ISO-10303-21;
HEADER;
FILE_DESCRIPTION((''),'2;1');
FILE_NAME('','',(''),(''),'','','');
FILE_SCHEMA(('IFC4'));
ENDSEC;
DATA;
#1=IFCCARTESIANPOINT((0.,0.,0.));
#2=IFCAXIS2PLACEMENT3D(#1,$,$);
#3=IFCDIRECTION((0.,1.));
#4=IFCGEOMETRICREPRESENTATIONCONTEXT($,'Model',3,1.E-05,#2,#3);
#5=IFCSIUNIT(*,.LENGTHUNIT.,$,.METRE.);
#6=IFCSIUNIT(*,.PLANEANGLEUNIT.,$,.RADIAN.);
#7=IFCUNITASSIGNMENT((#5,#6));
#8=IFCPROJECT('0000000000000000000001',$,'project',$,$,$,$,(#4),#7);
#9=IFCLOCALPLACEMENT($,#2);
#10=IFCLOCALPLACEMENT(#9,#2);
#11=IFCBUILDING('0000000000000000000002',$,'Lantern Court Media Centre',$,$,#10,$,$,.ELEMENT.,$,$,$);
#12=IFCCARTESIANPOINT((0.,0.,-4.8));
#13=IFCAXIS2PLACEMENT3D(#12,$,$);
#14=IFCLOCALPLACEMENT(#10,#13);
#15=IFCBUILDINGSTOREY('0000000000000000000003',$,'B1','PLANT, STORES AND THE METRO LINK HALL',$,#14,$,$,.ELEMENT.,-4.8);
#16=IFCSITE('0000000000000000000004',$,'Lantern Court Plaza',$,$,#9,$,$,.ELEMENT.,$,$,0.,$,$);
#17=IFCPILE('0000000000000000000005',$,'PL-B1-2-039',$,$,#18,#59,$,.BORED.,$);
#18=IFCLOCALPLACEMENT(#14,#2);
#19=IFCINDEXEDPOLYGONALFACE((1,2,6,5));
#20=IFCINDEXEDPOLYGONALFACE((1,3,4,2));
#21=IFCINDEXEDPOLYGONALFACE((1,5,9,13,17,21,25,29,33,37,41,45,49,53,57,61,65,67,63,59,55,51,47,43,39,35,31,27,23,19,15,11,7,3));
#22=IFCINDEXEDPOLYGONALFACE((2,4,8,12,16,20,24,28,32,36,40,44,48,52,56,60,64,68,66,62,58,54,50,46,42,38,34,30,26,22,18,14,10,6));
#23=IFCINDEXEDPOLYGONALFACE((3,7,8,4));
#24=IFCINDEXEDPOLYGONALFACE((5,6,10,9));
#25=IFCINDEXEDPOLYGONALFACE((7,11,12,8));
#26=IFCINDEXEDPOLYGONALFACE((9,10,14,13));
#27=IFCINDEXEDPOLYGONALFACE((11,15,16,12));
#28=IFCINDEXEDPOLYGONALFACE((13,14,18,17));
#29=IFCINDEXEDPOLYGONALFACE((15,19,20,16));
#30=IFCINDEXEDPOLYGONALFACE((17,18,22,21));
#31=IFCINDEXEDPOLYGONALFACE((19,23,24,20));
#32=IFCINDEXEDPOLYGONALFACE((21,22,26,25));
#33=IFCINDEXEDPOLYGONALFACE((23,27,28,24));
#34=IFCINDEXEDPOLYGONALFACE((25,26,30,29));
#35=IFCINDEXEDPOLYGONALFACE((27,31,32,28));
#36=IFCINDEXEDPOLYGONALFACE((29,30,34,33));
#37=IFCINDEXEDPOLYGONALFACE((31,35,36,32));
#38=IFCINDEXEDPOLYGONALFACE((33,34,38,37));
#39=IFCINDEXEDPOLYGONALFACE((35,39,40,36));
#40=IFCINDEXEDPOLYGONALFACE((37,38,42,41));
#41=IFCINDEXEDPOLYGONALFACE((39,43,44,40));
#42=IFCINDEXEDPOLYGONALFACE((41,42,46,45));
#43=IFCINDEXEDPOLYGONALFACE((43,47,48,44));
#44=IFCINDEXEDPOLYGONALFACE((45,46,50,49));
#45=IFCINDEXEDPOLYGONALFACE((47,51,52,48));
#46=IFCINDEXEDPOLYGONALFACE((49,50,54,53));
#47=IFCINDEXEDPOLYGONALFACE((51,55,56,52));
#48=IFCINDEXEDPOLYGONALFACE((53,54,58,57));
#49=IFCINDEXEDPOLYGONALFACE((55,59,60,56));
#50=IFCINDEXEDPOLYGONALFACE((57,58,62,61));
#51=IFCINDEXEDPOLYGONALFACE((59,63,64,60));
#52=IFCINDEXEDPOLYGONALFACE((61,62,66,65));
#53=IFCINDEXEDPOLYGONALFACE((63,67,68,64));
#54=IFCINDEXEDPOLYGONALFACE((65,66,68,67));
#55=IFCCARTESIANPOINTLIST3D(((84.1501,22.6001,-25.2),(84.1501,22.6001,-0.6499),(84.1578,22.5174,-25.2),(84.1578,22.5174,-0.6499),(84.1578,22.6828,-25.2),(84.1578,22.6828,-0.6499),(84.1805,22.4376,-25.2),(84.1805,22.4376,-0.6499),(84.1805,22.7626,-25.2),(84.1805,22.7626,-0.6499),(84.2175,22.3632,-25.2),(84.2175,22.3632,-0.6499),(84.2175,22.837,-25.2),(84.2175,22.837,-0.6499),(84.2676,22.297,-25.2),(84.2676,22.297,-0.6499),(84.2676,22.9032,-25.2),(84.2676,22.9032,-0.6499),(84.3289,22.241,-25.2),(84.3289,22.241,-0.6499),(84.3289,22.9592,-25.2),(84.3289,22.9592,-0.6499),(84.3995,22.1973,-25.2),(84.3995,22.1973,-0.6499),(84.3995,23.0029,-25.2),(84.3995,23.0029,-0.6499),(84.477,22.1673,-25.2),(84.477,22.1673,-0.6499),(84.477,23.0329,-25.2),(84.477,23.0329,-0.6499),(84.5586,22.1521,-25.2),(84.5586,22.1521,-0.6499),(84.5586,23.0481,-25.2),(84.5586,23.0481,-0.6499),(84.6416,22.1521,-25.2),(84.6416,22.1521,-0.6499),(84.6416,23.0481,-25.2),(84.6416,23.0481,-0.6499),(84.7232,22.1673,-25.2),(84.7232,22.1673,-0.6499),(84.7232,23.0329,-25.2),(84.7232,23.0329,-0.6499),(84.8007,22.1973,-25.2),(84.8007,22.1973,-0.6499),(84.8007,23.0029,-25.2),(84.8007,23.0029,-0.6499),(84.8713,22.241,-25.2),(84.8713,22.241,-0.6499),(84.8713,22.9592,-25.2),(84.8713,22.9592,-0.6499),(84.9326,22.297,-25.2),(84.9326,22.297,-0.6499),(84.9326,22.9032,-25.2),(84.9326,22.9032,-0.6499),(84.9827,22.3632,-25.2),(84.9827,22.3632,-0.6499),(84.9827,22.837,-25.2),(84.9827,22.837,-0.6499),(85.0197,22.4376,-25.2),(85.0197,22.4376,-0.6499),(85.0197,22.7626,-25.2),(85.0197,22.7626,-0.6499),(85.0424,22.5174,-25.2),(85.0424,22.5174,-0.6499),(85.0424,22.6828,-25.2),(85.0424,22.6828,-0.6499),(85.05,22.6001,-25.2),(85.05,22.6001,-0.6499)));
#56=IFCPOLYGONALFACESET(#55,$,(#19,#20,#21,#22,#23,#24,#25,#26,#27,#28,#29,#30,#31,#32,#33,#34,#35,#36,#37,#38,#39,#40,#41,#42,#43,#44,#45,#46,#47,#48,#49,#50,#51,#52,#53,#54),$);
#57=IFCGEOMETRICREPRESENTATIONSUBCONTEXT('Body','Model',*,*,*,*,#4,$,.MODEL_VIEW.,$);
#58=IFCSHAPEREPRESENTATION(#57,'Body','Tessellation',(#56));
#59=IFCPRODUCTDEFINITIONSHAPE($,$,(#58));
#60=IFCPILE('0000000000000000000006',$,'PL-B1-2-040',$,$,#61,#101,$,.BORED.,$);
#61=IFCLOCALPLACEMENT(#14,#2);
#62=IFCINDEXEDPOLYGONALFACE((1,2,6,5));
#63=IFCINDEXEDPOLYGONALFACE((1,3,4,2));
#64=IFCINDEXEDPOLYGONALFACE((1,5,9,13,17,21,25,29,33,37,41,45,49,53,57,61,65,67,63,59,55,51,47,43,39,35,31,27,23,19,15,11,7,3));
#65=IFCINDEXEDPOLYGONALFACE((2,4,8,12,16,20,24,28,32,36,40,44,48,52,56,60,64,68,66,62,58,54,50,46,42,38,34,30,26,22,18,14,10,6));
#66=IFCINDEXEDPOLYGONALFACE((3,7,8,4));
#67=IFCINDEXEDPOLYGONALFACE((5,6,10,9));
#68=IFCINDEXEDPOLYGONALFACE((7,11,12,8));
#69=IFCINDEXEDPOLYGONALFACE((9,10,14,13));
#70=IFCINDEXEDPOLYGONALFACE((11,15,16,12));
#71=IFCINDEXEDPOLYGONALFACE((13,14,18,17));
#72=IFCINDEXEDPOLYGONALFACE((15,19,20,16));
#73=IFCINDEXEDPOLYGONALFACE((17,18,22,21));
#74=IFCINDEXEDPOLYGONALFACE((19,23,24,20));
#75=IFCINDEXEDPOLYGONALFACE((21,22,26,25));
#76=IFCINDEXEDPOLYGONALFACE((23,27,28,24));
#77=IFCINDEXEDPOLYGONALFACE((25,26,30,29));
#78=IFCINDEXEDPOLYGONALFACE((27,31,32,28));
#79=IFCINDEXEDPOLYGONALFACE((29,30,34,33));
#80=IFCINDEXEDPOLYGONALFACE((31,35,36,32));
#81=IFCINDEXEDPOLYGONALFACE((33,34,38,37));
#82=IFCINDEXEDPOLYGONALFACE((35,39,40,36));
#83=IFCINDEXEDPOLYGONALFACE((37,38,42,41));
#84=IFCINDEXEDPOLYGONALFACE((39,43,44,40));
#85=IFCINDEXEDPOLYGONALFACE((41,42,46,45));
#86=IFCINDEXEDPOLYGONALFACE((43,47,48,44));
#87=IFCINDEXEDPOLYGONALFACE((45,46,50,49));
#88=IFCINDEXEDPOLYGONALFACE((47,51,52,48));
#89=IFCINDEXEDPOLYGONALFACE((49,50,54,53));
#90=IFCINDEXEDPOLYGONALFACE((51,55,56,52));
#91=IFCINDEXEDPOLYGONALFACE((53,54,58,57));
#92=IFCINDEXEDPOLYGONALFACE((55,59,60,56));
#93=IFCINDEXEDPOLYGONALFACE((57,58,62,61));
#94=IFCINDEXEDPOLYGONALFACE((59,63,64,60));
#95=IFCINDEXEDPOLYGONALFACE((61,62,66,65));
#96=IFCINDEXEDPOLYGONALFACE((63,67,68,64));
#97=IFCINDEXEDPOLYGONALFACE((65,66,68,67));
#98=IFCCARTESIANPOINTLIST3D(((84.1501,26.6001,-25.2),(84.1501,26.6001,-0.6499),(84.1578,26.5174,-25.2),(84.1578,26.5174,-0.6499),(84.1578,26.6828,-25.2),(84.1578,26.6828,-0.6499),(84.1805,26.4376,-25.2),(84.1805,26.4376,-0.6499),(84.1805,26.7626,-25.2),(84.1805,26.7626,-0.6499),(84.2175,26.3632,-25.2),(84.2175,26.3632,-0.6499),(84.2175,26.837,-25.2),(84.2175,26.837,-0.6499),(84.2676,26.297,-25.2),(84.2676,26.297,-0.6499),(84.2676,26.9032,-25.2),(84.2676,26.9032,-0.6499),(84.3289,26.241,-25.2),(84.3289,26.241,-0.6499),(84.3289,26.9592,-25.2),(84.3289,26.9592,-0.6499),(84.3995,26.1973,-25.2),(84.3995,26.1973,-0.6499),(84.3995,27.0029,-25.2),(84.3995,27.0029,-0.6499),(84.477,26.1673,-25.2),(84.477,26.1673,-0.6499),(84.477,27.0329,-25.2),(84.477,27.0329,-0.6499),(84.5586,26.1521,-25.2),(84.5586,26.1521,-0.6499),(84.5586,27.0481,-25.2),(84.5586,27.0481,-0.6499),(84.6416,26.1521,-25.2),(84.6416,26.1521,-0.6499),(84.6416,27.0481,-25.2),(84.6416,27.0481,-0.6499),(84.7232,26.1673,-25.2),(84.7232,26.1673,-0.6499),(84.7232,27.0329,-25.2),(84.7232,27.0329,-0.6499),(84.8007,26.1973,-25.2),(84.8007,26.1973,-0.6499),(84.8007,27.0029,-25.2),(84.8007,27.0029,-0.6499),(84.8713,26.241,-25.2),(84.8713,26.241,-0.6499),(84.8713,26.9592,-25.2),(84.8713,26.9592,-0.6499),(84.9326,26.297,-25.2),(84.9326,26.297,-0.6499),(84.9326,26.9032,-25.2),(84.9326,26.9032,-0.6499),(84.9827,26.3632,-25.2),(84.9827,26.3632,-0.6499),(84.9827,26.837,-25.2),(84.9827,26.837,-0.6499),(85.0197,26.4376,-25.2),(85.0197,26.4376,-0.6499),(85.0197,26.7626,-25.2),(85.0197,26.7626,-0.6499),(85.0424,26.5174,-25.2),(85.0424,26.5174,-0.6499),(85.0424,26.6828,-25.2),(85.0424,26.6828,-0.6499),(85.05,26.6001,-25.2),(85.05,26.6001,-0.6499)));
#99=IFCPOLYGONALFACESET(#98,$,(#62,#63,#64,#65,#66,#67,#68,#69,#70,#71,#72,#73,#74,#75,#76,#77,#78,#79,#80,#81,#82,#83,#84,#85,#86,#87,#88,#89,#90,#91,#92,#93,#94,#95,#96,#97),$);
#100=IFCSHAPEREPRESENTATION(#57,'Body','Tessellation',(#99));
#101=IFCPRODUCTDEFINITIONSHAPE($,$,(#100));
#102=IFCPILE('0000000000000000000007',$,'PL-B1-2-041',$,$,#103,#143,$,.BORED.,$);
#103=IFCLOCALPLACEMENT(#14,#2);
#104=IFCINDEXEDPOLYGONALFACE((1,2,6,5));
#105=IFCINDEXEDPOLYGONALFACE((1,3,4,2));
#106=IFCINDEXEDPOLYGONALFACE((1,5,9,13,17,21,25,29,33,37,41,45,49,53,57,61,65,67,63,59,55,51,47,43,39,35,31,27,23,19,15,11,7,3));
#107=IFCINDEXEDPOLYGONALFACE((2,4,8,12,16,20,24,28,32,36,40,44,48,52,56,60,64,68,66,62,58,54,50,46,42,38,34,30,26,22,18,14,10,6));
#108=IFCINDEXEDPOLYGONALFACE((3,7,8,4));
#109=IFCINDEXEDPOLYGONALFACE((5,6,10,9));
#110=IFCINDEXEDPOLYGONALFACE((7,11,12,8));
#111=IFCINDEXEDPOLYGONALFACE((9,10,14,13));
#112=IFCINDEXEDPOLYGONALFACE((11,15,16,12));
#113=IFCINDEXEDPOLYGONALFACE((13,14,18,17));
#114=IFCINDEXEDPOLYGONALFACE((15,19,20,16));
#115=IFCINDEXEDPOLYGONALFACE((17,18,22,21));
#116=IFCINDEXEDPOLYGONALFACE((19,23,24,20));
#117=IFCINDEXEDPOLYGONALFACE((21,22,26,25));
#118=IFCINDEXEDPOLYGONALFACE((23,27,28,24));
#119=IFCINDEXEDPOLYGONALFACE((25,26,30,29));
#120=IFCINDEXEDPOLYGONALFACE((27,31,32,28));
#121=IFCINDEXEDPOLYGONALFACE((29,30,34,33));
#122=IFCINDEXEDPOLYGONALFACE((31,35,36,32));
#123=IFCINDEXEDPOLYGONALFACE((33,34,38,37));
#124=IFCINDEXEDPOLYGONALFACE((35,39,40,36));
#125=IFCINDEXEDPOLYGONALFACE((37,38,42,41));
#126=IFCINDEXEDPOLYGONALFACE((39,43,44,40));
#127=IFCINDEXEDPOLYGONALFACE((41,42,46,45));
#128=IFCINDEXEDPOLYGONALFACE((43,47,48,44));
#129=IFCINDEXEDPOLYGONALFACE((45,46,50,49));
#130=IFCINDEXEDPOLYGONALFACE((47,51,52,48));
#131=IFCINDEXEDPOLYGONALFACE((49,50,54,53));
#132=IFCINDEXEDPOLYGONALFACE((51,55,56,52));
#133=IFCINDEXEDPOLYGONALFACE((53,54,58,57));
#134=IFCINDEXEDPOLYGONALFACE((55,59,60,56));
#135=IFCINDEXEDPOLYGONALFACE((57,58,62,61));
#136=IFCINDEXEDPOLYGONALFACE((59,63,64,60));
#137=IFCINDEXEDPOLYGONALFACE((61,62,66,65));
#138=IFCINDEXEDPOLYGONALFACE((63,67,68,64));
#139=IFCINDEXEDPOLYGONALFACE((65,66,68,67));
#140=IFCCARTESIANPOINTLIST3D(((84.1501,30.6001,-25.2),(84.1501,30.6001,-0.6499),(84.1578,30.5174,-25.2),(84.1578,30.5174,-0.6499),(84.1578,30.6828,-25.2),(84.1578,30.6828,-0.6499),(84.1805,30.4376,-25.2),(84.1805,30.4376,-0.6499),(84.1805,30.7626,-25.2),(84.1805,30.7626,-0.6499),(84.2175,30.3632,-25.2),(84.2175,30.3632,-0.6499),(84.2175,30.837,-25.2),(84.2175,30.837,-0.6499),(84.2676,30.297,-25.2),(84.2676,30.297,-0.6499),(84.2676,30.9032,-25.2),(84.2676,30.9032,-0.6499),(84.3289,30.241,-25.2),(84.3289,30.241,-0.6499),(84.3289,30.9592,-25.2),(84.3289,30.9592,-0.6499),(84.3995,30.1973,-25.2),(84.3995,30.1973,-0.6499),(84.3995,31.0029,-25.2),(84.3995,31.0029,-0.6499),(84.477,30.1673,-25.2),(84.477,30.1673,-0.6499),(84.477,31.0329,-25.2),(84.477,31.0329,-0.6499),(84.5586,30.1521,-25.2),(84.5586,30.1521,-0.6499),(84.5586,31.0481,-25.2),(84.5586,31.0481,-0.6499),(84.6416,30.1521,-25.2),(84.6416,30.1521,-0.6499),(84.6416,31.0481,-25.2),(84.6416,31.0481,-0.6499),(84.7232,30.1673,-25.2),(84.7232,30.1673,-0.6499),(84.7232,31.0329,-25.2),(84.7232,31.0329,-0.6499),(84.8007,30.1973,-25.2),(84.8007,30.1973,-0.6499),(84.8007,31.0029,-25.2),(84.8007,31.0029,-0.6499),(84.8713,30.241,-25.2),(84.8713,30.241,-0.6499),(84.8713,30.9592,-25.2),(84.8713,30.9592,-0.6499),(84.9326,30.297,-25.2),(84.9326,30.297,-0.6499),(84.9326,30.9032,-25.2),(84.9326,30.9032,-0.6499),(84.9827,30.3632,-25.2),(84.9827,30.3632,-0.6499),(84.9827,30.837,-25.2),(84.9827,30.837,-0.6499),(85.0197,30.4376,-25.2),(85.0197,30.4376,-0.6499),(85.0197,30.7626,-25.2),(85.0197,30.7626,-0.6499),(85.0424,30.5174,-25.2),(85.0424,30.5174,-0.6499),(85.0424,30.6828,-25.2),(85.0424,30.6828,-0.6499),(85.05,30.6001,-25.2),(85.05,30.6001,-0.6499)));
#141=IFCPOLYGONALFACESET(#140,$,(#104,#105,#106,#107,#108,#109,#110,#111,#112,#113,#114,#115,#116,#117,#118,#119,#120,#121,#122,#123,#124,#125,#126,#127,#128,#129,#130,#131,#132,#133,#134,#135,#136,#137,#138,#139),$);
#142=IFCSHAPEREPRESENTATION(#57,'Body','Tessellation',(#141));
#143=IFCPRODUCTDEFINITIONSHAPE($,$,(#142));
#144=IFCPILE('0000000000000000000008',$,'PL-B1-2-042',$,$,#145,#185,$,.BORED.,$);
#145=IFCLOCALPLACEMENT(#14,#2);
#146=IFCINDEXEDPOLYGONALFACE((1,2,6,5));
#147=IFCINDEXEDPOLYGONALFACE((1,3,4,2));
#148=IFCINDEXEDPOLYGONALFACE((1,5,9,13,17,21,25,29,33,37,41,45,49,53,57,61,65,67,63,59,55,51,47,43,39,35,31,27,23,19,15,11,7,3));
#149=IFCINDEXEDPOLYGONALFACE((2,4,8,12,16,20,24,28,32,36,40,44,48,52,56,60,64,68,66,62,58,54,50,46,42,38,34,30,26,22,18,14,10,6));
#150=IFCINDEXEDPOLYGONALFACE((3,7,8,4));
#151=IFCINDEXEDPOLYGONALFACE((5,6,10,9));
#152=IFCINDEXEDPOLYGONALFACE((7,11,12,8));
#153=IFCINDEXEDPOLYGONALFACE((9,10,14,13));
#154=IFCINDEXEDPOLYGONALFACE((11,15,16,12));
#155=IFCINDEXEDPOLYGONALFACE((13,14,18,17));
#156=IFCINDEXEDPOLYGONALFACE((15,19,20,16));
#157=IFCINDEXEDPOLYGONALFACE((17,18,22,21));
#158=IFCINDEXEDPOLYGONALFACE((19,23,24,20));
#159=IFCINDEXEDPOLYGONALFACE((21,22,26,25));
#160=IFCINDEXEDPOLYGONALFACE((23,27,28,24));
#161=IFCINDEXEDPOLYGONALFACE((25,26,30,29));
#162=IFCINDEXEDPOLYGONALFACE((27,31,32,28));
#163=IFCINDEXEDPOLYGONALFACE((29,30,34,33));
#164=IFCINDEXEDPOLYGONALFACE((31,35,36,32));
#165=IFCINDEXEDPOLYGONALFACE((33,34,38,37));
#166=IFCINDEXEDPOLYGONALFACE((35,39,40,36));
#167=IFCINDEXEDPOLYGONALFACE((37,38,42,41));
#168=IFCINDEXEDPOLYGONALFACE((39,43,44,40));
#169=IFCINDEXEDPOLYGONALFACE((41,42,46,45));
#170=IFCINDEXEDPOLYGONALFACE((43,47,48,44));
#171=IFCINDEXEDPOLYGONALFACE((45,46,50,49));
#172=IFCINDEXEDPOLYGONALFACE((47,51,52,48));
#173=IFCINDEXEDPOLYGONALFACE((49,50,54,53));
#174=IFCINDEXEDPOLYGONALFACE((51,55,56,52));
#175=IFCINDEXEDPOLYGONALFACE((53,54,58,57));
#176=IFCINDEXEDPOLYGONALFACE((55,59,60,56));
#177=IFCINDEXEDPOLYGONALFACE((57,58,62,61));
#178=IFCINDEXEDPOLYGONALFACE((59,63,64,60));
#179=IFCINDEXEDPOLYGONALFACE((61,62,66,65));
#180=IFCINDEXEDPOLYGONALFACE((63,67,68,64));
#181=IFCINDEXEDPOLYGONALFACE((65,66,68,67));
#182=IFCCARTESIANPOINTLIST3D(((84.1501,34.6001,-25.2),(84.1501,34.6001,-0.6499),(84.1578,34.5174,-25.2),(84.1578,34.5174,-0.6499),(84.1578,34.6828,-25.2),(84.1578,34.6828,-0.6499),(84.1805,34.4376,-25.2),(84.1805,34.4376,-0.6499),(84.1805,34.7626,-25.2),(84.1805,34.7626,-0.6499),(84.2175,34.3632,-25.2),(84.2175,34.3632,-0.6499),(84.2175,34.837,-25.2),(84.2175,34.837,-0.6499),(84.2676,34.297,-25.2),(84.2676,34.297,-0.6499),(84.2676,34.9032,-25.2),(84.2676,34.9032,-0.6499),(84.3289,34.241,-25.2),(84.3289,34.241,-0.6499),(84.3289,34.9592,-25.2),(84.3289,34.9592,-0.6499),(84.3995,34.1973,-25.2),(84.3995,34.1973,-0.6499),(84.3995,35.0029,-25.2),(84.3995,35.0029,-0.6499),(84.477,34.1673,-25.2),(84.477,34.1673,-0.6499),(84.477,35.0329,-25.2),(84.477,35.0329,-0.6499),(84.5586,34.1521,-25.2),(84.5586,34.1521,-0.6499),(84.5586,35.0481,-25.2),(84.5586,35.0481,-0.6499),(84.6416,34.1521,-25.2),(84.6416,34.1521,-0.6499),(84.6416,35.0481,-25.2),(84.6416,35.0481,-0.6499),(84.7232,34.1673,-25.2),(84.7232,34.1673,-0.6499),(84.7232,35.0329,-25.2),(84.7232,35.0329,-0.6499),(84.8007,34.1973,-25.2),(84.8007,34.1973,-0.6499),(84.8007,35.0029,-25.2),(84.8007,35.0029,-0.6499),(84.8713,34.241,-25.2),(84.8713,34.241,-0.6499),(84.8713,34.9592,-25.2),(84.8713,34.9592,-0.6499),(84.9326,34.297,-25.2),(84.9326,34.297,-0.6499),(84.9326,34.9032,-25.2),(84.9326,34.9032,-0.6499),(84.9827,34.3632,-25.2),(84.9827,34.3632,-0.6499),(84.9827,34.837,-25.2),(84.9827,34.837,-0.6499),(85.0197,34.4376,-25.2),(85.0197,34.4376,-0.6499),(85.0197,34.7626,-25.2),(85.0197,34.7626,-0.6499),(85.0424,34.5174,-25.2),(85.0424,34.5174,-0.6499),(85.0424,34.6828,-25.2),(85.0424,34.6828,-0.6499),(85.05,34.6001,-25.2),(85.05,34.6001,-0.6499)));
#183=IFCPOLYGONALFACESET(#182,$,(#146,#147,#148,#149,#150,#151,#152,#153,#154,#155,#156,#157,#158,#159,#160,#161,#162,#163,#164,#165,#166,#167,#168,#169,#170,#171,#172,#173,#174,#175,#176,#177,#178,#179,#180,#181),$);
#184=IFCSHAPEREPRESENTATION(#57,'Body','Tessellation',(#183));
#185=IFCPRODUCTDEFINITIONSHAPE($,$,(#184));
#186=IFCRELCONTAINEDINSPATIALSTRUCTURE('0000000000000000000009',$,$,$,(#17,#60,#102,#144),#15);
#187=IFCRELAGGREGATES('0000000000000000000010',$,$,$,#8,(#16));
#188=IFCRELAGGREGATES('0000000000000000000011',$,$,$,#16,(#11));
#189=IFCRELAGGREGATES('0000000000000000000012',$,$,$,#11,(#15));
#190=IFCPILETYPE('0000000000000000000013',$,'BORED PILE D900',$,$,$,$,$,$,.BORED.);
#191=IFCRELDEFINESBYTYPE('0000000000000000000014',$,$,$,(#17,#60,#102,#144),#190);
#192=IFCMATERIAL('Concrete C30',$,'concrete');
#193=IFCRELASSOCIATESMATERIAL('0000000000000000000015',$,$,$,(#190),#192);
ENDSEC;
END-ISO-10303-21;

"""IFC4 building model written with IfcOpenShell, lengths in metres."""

from ifc_helpers import new_model, si_unit, direction, frame, origin, origin_2d, place, context, subcontext, project, spatial, circle, extrude, material, material_profile, profile_set, type_object, element, save


model = new_model("IFC4")

# Units and contexts
model_context = context("Model", 3, precision=1e-05, world=origin(), true_north=direction((0.0, 1.0)))
body_context = subcontext(model_context, "Body", "Model", "MODEL_VIEW")
ifc_project = project(units=[si_unit("LENGTHUNIT", "METRE"), si_unit("PLANEANGLEUNIT", "RADIAN")], contexts=[model_context])

# Site, building, storey
site_placement = place(None, origin())
site = spatial("IfcSite", under=ifc_project, at=site_placement, Name="Lantern Court Plaza", CompositionType="ELEMENT", RefElevation=0.0)
building_placement = place(site_placement, origin())
building = spatial("IfcBuilding", under=site, at=building_placement, Name="Lantern Court Media Centre", CompositionType="ELEMENT")
storey_placement = place(building_placement, frame((0.0, 0.0, -4.8)))
storey = spatial("IfcBuildingStorey", under=building, at=storey_placement, Name="B1", Description="PLANT, STORES AND THE METRO LINK HALL", CompositionType="ELEMENT", Elevation=-4.8)

# Piles
ifc_material_1 = material(Name="Concrete C30", Category="concrete")
ifc_material_profile_1 = material_profile(ifc_material_1, circle(Radius=0.45, at=origin_2d()), Name="D900")
ifc_profile_set_1 = profile_set([ifc_material_profile_1], Name="Concrete C30")
pile_type = type_object("IfcPileType", Name="BORED PILE D900", PredefinedType="BORED", material=ifc_profile_set_1)
for number, where, z_axis, x_axis, name in (
    (1, (84.6001, 22.6001, -0.6499), (0.0, 0.0, -1.0), (1.0, 0.0, 0.0), "PL-B1-2-039"),
    (2, (84.6001, 26.6001, -0.6499), (0.0, 0.0, -1.0), (1.0, 0.0, 0.0), "PL-B1-2-040"),
    (3, (84.6001, 30.6001, -0.6499), (0.0, 0.0, -1.0), (1.0, 0.0, 0.0), "PL-B1-2-041"),
    (4, (84.6001, 34.6001, -0.6499), (0.0, 0.0, -1.0), (1.0, 0.0, 0.0), "PL-B1-2-042"),
):
    element("IfcPile", number, at=place(storey_placement, frame(where, z_axis=z_axis, x_axis=x_axis)), inside=storey, type_object=pile_type, Name=name, PredefinedType="BORED", context=body_context, shape_type="SweptSolid", body=[
        extrude(circle(Radius=0.45, at=origin_2d()), origin(), (0.0, 0.0, 1.0), 24.55),
    ])

save(model, "model.ifc")
